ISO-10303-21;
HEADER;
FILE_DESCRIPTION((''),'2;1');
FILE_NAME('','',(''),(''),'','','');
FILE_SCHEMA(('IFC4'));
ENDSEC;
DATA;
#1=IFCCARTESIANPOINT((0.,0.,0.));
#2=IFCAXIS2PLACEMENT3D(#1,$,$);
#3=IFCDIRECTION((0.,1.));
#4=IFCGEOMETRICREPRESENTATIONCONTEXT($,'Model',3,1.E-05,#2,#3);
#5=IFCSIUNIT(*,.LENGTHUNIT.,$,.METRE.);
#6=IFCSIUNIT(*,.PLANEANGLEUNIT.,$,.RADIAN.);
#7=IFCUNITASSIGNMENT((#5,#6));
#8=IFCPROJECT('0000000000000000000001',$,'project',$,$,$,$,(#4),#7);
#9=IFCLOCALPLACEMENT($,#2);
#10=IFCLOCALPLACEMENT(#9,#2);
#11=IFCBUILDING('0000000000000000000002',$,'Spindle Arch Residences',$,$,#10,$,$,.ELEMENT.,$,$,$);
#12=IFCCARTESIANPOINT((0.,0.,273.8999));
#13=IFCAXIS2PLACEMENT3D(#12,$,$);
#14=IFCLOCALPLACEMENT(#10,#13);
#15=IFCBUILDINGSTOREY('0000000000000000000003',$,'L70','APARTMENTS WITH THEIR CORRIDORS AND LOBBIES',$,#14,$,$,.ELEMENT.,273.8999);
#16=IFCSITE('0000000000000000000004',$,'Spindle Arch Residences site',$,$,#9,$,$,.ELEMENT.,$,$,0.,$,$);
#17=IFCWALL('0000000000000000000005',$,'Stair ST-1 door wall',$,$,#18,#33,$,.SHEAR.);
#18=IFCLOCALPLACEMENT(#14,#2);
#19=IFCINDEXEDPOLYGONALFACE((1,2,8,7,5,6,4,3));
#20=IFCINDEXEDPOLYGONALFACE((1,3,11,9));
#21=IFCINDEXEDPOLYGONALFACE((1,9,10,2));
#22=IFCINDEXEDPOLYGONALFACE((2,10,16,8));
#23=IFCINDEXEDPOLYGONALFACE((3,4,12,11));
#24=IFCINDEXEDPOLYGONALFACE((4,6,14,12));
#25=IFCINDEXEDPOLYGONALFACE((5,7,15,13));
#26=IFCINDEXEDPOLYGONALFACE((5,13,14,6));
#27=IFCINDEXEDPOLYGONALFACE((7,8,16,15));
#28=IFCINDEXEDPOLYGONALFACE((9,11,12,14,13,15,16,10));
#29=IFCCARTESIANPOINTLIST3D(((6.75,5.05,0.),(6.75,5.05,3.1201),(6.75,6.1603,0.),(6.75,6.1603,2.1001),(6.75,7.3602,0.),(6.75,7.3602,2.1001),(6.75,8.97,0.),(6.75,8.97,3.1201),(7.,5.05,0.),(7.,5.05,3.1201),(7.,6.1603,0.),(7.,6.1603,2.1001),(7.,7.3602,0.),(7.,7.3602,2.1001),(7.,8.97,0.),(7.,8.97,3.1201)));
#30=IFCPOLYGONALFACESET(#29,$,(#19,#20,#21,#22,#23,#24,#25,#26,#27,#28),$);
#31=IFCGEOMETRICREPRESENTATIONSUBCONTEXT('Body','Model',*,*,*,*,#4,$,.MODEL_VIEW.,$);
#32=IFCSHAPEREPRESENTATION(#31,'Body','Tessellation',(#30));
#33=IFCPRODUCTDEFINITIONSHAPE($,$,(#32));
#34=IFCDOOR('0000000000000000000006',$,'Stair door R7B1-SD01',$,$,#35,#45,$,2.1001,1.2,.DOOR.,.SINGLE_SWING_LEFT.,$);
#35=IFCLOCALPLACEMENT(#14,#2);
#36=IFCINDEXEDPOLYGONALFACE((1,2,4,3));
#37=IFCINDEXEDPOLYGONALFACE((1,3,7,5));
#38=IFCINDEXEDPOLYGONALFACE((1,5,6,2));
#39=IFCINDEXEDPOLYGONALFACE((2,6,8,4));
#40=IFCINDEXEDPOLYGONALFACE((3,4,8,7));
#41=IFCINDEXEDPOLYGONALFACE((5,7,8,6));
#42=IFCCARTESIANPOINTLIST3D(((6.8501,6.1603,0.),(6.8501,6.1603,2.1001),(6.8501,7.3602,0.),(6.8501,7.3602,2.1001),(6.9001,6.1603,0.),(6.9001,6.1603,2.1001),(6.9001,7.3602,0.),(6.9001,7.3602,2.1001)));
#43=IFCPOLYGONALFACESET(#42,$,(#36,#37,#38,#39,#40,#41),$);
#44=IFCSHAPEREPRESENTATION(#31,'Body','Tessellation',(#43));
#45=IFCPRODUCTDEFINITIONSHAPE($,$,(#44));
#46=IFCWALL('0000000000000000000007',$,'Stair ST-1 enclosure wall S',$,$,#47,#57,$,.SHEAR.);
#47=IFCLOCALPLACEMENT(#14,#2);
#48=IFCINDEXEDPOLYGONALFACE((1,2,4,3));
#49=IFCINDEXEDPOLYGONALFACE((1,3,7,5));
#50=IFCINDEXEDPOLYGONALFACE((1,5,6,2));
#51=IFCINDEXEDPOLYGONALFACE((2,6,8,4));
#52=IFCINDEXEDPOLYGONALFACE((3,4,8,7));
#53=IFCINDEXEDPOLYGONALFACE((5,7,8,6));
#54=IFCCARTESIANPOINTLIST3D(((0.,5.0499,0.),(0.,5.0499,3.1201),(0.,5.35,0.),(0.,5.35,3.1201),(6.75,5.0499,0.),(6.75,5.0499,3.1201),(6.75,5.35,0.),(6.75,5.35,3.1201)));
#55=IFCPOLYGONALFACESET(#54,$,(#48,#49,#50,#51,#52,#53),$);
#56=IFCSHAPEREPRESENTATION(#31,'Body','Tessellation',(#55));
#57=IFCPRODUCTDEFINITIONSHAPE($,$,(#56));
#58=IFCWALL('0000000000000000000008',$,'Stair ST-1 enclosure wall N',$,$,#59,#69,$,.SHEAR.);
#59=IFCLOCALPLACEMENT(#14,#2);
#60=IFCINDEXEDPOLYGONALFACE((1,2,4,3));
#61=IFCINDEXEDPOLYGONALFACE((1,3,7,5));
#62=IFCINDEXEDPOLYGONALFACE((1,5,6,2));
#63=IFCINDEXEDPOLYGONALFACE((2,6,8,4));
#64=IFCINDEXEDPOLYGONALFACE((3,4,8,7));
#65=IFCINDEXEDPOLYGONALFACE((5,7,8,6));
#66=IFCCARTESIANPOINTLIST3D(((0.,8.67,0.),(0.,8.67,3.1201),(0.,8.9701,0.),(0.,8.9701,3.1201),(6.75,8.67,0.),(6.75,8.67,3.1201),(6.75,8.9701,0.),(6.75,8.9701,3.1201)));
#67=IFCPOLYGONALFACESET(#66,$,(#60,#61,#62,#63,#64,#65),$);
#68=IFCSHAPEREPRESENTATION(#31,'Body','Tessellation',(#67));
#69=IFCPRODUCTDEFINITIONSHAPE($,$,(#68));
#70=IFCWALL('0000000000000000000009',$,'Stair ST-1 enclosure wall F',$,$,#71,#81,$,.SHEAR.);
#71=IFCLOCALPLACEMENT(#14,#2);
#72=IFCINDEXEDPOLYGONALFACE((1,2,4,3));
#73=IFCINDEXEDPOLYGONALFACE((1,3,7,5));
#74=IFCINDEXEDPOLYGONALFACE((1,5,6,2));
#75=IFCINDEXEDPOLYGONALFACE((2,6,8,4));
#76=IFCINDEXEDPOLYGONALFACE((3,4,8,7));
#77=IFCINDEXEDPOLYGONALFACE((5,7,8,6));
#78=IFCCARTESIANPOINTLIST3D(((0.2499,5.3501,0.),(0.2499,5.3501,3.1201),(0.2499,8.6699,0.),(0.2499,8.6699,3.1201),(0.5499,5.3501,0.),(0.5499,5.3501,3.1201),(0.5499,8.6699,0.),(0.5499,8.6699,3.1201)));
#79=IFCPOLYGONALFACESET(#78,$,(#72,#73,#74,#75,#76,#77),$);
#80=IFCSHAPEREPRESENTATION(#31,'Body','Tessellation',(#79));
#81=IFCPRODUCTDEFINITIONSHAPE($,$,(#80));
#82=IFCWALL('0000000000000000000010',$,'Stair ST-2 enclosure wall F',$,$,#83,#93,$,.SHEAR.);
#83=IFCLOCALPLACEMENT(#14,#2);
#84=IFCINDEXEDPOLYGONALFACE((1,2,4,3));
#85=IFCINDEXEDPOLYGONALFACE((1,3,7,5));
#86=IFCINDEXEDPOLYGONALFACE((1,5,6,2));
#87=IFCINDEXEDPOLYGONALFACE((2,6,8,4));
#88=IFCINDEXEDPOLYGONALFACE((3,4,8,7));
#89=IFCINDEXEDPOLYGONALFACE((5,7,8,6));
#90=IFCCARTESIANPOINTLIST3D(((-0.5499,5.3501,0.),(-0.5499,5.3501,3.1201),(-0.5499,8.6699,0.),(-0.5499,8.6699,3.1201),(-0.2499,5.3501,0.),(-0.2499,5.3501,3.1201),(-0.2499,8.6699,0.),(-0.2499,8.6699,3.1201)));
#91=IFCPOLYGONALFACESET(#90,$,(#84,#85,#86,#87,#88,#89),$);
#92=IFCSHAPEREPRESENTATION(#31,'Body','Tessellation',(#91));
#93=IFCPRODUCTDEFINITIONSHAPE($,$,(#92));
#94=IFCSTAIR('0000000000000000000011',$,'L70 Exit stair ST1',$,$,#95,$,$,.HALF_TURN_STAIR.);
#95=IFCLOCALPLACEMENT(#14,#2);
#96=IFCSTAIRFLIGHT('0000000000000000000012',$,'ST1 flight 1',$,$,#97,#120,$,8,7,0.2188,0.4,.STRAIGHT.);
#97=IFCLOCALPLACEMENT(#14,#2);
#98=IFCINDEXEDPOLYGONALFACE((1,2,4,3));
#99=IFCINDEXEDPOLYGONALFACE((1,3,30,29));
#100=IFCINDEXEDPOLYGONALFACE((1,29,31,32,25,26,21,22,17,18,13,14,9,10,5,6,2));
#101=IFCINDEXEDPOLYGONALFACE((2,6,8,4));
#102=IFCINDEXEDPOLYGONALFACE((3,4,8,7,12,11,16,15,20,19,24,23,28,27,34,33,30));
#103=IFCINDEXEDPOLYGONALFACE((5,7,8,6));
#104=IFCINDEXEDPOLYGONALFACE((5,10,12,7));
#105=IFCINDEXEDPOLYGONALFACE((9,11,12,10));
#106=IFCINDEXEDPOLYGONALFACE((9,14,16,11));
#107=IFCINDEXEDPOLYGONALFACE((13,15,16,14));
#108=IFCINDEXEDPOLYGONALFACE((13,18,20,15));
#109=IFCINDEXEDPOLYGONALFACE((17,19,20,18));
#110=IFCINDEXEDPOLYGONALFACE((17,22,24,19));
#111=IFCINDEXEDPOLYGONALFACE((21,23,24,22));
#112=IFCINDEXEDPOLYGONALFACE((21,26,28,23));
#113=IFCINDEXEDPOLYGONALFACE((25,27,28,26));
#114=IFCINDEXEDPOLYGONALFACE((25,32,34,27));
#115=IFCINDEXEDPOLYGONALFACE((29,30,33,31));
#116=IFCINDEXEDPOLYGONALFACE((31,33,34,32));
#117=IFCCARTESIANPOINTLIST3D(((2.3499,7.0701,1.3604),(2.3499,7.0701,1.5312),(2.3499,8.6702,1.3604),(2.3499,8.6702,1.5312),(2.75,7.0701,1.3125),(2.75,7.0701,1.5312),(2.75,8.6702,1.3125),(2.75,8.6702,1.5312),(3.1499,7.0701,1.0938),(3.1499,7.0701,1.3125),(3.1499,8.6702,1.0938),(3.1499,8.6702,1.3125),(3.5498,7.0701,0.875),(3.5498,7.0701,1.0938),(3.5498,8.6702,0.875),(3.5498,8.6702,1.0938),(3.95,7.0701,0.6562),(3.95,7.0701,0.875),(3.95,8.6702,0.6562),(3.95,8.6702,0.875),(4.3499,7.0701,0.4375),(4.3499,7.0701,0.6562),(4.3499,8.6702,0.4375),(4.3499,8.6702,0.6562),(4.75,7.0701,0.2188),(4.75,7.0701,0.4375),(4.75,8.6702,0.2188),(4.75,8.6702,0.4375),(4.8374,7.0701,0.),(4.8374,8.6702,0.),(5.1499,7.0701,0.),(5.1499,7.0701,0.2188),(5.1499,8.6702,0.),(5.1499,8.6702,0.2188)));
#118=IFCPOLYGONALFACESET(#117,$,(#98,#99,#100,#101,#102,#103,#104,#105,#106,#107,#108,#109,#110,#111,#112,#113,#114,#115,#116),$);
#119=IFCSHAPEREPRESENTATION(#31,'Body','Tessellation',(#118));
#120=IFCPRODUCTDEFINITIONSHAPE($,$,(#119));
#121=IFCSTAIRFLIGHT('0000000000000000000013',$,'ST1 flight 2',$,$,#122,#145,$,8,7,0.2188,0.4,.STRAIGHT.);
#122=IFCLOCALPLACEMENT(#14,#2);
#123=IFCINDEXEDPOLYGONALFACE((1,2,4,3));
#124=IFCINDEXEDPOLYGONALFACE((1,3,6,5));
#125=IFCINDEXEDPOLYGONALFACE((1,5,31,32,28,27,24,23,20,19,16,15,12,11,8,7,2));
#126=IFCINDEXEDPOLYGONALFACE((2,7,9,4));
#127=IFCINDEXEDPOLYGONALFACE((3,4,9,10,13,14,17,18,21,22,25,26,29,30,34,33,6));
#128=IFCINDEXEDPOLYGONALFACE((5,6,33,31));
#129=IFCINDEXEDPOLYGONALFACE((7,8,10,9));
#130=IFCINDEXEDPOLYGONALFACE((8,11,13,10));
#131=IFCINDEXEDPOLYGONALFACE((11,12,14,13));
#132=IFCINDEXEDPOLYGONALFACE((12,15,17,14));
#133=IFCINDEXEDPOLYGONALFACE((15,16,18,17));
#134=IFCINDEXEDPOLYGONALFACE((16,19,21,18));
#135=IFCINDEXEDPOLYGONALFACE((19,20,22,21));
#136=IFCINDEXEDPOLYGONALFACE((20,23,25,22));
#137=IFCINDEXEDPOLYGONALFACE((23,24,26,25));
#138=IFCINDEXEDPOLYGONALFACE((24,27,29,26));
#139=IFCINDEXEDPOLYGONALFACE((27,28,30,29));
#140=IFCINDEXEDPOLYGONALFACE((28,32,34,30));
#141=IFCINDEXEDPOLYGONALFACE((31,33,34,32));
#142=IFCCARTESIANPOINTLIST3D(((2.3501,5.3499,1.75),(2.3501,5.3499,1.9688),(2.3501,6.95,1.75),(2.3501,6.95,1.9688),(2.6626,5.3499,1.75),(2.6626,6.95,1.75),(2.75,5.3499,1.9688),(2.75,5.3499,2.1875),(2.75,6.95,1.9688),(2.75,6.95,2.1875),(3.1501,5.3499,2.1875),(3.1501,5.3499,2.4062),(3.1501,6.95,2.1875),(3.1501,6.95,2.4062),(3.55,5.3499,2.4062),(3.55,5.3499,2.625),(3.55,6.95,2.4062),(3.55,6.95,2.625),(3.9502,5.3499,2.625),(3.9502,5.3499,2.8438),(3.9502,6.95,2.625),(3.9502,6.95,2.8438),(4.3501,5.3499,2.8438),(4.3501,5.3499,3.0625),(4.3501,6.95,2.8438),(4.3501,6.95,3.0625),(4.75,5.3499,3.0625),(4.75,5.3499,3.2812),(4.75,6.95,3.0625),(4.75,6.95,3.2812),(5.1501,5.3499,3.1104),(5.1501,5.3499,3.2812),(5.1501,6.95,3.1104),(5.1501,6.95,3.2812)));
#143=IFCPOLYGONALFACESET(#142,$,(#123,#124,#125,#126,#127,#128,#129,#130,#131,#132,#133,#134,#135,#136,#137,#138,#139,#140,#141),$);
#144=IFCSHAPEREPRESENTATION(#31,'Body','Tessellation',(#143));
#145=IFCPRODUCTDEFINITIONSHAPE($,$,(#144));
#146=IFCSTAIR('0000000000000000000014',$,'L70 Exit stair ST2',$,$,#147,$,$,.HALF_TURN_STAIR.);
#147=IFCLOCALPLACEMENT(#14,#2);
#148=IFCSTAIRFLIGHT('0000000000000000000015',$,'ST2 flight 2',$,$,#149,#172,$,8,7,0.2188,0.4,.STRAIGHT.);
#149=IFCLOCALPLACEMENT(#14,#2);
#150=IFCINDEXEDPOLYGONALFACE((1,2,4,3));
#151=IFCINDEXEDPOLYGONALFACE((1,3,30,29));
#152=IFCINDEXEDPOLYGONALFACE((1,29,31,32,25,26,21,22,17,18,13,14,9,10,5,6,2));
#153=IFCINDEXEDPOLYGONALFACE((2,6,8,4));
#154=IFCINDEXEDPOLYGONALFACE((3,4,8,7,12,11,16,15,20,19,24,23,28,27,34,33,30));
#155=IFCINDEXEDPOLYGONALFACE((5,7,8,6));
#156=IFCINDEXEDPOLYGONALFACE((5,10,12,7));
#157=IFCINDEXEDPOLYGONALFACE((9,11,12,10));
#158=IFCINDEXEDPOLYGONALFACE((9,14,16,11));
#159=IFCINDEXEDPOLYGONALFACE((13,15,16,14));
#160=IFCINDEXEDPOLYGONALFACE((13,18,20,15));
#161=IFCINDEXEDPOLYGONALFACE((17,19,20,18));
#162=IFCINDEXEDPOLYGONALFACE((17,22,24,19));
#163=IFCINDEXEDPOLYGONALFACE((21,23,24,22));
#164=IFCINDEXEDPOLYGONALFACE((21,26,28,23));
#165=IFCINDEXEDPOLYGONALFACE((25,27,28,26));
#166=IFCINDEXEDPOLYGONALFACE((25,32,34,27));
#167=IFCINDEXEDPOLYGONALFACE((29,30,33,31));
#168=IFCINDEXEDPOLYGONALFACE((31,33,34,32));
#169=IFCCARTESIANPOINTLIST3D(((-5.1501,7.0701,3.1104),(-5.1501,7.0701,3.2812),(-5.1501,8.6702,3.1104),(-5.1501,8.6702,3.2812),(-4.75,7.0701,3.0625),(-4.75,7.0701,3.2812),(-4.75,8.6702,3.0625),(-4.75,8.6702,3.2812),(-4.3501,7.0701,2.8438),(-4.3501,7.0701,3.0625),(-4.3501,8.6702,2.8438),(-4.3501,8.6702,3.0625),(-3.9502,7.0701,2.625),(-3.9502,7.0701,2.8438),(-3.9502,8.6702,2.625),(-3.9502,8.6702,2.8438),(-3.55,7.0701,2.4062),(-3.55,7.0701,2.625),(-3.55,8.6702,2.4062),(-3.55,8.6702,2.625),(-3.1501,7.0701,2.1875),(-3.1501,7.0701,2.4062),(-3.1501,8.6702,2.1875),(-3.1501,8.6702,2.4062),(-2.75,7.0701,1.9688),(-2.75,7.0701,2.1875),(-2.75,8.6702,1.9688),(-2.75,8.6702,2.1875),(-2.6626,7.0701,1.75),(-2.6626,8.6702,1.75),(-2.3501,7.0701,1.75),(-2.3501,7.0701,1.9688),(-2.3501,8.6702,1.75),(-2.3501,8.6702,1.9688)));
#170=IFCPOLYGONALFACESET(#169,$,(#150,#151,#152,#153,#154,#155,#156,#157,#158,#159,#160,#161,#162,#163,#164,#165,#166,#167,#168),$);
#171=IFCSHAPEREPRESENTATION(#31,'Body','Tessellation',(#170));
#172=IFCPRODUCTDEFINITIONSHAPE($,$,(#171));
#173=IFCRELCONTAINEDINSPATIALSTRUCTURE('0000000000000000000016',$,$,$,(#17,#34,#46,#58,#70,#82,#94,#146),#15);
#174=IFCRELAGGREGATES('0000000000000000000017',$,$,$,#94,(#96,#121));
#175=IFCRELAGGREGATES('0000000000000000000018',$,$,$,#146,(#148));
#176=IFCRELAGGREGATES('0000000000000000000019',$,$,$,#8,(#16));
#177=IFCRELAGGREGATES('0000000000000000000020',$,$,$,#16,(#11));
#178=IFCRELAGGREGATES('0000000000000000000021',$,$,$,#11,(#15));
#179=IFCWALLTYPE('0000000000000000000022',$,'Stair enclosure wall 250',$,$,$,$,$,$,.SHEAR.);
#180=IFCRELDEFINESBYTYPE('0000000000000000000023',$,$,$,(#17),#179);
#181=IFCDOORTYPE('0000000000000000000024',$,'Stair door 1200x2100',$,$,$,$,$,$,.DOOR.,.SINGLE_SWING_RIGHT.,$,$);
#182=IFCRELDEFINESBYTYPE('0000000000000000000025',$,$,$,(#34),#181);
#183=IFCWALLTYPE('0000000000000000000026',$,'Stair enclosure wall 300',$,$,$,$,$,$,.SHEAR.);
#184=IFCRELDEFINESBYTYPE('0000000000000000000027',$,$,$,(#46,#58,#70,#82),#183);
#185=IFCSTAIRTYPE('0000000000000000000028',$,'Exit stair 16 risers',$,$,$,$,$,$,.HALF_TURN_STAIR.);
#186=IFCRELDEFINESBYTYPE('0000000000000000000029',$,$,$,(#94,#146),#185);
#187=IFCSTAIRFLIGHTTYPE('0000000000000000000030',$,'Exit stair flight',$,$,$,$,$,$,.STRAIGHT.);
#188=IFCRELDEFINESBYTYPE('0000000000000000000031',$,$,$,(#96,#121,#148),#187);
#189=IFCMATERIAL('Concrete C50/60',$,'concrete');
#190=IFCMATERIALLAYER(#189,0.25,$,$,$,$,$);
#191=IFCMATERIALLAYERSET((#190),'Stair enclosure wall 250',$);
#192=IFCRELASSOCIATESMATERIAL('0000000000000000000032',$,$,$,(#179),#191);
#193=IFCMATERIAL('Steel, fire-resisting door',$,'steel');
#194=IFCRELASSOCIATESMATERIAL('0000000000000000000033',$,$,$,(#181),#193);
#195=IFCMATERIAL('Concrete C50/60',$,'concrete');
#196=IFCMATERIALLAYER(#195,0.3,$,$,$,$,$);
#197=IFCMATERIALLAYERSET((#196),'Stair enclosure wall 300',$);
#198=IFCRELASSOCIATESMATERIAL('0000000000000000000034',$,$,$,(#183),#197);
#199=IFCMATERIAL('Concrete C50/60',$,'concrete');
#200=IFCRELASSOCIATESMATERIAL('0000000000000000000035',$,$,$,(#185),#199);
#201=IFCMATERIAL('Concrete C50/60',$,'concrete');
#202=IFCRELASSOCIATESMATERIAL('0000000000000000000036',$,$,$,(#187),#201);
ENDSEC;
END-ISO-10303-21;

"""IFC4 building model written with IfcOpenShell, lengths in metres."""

from ifc_helpers import new_model, si_unit, direction, frame, frame_2d, origin, place, context, subcontext, project, spatial, polyline, rectangle, outline, extrude, material, layer, layer_set, type_object, element, fill, aggregate, save


model = new_model("IFC4")

# Units and contexts
model_context = context("Model", 3, precision=1e-05, world=origin(), true_north=direction((0.0, 1.0)))
body_context = subcontext(model_context, "Body", "Model", "MODEL_VIEW")
ifc_project = project(units=[si_unit("LENGTHUNIT", "METRE"), si_unit("PLANEANGLEUNIT", "RADIAN")], contexts=[model_context])

# Site, building, storey
site_placement = place(None, origin())
site = spatial("IfcSite", under=ifc_project, at=site_placement, Name="Spindle Arch Residences site", CompositionType="ELEMENT", RefElevation=0.0)
building_placement = place(site_placement, origin())
building = spatial("IfcBuilding", under=site, at=building_placement, Name="Spindle Arch Residences", CompositionType="ELEMENT")
storey_placement = place(building_placement, frame((0.0, 0.0, 273.8999)))
storey = spatial("IfcBuildingStorey", under=building, at=storey_placement, Name="L70", Description="APARTMENTS WITH THEIR CORRIDORS AND LOBBIES", CompositionType="ELEMENT", Elevation=273.8999)

# Wall, opening, door
ifc_material_1 = material(Name="Concrete C50/60", Category="concrete")
ifc_layer_1 = layer(ifc_material_1, 0.25)
ifc_layer_set_1 = layer_set([ifc_layer_1], Name="Stair enclosure wall 250")
wall_type_1 = type_object("IfcWallType", Name="Stair enclosure wall 250", PredefinedType="SHEAR", material=ifc_layer_set_1)
wall_1_placement = place(storey_placement, frame((6.875, 5.05, 0.0), z_axis=(0.0, 0.0, 1.0), x_axis=(0.0, 1.0, 0.0)))
wall_1 = element("IfcWall", 1, at=wall_1_placement, inside=storey, type_object=wall_type_1, Name="Stair ST-1 door wall", PredefinedType="SHEAR", context=body_context, shape_type="SweptSolid", body=[
    extrude(rectangle(XDim=3.9199, YDim=0.25, at=frame_2d((1.96, 0.0))), origin(), (0.0, 0.0, 1.0), 3.1201),
])
opening_1_placement = place(wall_1_placement, frame((1.1101, 0.0, 0.0)))
opening_1 = element("IfcOpeningElement", 2, at=opening_1_placement, cuts=wall_1, PredefinedType="OPENING", context=body_context, shape_type="SweptSolid", body=[
    extrude(rectangle(XDim=1.2, YDim=2.1001, at=frame_2d((0.6001, 1.05))), frame((0.0, 0.135, 0.0), z_axis=(0.0, -1.0, 0.0), x_axis=(1.0, 0.0, 0.0)), (0.0, 0.0, 1.0), 0.27),
])
ifc_material_2 = material(Name="Steel, fire-resisting door", Category="steel")
door_type_1 = type_object("IfcDoorType", Name="Stair door 1200x2100", OperationType="SINGLE_SWING_RIGHT", PredefinedType="DOOR", material=ifc_material_2)
door_1_placement = place(opening_1_placement, origin())
door_1 = element("IfcDoor", 3, at=door_1_placement, inside=storey, type_object=door_type_1, Name="Stair door R7B1-SD01", OperationType="SINGLE_SWING_LEFT", OverallHeight=2.1001, OverallWidth=1.2, PredefinedType="DOOR", context=body_context, shape_type="SweptSolid", body=[
    extrude(rectangle(XDim=1.2, YDim=2.1001, at=frame_2d((0.6001, 1.05))), frame((0.0, 0.0249, 0.0), z_axis=(0.0, -1.0, 0.0), x_axis=(1.0, 0.0, 0.0)), (0.0, 0.0, 1.0), 0.05),
])
fill(opening_1, door_1)

# Walls
ifc_material_3 = material(Name="Concrete C50/60", Category="concrete")
ifc_layer_2 = layer(ifc_material_3, 0.3)
ifc_layer_set_2 = layer_set([ifc_layer_2], Name="Stair enclosure wall 300")
wall_type_2 = type_object("IfcWallType", Name="Stair enclosure wall 300", PredefinedType="SHEAR", material=ifc_layer_set_2)
for number, where, z_axis, x_axis, name in (
    (4, (0.0, 5.2, 0.0), (0.0, 0.0, 1.0), (1.0, 0.0, 0.0), "Stair ST-1 enclosure wall S"),
    (5, (0.0, 8.8201, 0.0), (0.0, 0.0, 1.0), (1.0, 0.0, 0.0), "Stair ST-1 enclosure wall N"),
):
    element("IfcWall", number, at=place(storey_placement, frame(where, z_axis=z_axis, x_axis=x_axis)), inside=storey, type_object=wall_type_2, Name=name, PredefinedType="SHEAR", context=body_context, shape_type="SweptSolid", body=[
        extrude(rectangle(XDim=6.75, YDim=0.3, at=frame_2d((3.375, 0.0))), origin(), (0.0, 0.0, 1.0), 3.1201),
    ])
for number, where, z_axis, x_axis, name in (
    (6, (0.3999, 5.3501, 0.0), (0.0, 0.0, 1.0), (0.0, 1.0, 0.0), "Stair ST-1 enclosure wall F"),
    (7, (-0.3999, 5.3501, 0.0), (0.0, 0.0, 1.0), (0.0, 1.0, 0.0), "Stair ST-2 enclosure wall F"),
):
    element("IfcWall", number, at=place(storey_placement, frame(where, z_axis=z_axis, x_axis=x_axis)), inside=storey, type_object=wall_type_2, Name=name, PredefinedType="SHEAR", context=body_context, shape_type="SweptSolid", body=[
        extrude(rectangle(XDim=3.3198, YDim=0.3, at=frame_2d((1.6599, 0.0))), origin(), (0.0, 0.0, 1.0), 3.1201),
    ])

# Stair, stair flights
ifc_material_4 = material(Name="Concrete C50/60", Category="concrete")
stair_type = type_object("IfcStairType", Name="Exit stair 16 risers", PredefinedType="HALF_TURN_STAIR", material=ifc_material_4)
stair_1_placement = place(storey_placement, origin())
stair_1 = element("IfcStair", 8, at=stair_1_placement, inside=storey, type_object=stair_type, Name="L70 Exit stair ST1", PredefinedType="HALF_TURN_STAIR")
ifc_material_5 = material(Name="Concrete C50/60", Category="concrete")
stair_flight_type = type_object("IfcStairFlightType", Name="Exit stair flight", PredefinedType="STRAIGHT", material=ifc_material_5)
stair_flight_1_placement = place(storey_placement, frame((5.1499, 7.8701, 0.0), z_axis=(0.0, 0.0, 1.0), x_axis=(-1.0, 0.0, 0.0)))
stair_flight_1 = element("IfcStairFlight", 9, at=stair_flight_1_placement, type_object=stair_flight_type, Name="ST1 flight 1", NumberOfRisers=8, NumberOfTreads=7, PredefinedType="STRAIGHT", RiserHeight=0.2188, TreadLength=0.4, context=body_context, shape_type="SweptSolid", body=[
    extrude(outline(polyline([(0.0, 0.0), (0.0, 0.2188), (0.3999, 0.2188), (0.3999, 0.4375), (0.8, 0.4375), (0.8, 0.6562), (1.2, 0.6562), (1.2, 0.875), (1.6001, 0.875), (1.6001, 1.0938), (2.0, 1.0938), (2.0, 1.3125), (2.3999, 1.3125), (2.3999, 1.5312), (2.8, 1.5312), (2.8, 1.75), (2.8, 1.3604), (0.3125, 0.0), (0.0, 0.0)])), frame((0.0, 0.8, 0.0), z_axis=(0.0, -1.0, 0.0), x_axis=(1.0, 0.0, 0.0)), (0.0, 0.0, 1.0), 1.6001),
])
stair_flight_2_placement = place(storey_placement, frame((2.3501, 6.1499, 1.75), z_axis=(0.0, 0.0, 1.0), x_axis=(1.0, 0.0, 0.0)))
stair_flight_2 = element("IfcStairFlight", 10, at=stair_flight_2_placement, type_object=stair_flight_type, Name="ST1 flight 2", NumberOfRisers=8, NumberOfTreads=7, PredefinedType="STRAIGHT", RiserHeight=0.2188, TreadLength=0.4, context=body_context, shape_type="SweptSolid", body=[
    extrude(outline(polyline([(0.0, 0.0), (0.0, 0.2188), (0.3999, 0.2188), (0.3999, 0.4375), (0.8, 0.4375), (0.8, 0.6562), (1.2, 0.6562), (1.2, 0.875), (1.6001, 0.875), (1.6001, 1.0938), (2.0, 1.0938), (2.0, 1.3125), (2.3999, 1.3125), (2.3999, 1.5312), (2.8, 1.5312), (2.8, 1.75), (2.8, 1.3604), (0.3125, 0.0), (0.0, 0.0)])), frame((0.0, 0.8, 0.0), z_axis=(0.0, -1.0, 0.0), x_axis=(1.0, 0.0, 0.0)), (0.0, 0.0, 1.0), 1.6001),
])
aggregate(stair_1, [stair_flight_1, stair_flight_2])

# Stair, stair flight
stair_2_placement = place(storey_placement, origin())
stair_2 = element("IfcStair", 11, at=stair_2_placement, inside=storey, type_object=stair_type, Name="L70 Exit stair ST2", PredefinedType="HALF_TURN_STAIR")
stair_flight_3_placement = place(storey_placement, frame((-2.3501, 7.8701, 1.75), z_axis=(0.0, 0.0, 1.0), x_axis=(-1.0, 0.0, 0.0)))
stair_flight_3 = element("IfcStairFlight", 12, at=stair_flight_3_placement, type_object=stair_flight_type, Name="ST2 flight 2", NumberOfRisers=8, NumberOfTreads=7, PredefinedType="STRAIGHT", RiserHeight=0.2188, TreadLength=0.4, context=body_context, shape_type="SweptSolid", body=[
    extrude(outline(polyline([(0.0, 0.0), (0.0, 0.2188), (0.3999, 0.2188), (0.3999, 0.4375), (0.8, 0.4375), (0.8, 0.6562), (1.2, 0.6562), (1.2, 0.875), (1.6001, 0.875), (1.6001, 1.0938), (2.0, 1.0938), (2.0, 1.3125), (2.3999, 1.3125), (2.3999, 1.5312), (2.8, 1.5312), (2.8, 1.75), (2.8, 1.3604), (0.3125, 0.0), (0.0, 0.0)])), frame((0.0, 0.8, 0.0), z_axis=(0.0, -1.0, 0.0), x_axis=(1.0, 0.0, 0.0)), (0.0, 0.0, 1.0), 1.6001),
])
aggregate(stair_2, [stair_flight_3])

save(model, "model.ifc")
